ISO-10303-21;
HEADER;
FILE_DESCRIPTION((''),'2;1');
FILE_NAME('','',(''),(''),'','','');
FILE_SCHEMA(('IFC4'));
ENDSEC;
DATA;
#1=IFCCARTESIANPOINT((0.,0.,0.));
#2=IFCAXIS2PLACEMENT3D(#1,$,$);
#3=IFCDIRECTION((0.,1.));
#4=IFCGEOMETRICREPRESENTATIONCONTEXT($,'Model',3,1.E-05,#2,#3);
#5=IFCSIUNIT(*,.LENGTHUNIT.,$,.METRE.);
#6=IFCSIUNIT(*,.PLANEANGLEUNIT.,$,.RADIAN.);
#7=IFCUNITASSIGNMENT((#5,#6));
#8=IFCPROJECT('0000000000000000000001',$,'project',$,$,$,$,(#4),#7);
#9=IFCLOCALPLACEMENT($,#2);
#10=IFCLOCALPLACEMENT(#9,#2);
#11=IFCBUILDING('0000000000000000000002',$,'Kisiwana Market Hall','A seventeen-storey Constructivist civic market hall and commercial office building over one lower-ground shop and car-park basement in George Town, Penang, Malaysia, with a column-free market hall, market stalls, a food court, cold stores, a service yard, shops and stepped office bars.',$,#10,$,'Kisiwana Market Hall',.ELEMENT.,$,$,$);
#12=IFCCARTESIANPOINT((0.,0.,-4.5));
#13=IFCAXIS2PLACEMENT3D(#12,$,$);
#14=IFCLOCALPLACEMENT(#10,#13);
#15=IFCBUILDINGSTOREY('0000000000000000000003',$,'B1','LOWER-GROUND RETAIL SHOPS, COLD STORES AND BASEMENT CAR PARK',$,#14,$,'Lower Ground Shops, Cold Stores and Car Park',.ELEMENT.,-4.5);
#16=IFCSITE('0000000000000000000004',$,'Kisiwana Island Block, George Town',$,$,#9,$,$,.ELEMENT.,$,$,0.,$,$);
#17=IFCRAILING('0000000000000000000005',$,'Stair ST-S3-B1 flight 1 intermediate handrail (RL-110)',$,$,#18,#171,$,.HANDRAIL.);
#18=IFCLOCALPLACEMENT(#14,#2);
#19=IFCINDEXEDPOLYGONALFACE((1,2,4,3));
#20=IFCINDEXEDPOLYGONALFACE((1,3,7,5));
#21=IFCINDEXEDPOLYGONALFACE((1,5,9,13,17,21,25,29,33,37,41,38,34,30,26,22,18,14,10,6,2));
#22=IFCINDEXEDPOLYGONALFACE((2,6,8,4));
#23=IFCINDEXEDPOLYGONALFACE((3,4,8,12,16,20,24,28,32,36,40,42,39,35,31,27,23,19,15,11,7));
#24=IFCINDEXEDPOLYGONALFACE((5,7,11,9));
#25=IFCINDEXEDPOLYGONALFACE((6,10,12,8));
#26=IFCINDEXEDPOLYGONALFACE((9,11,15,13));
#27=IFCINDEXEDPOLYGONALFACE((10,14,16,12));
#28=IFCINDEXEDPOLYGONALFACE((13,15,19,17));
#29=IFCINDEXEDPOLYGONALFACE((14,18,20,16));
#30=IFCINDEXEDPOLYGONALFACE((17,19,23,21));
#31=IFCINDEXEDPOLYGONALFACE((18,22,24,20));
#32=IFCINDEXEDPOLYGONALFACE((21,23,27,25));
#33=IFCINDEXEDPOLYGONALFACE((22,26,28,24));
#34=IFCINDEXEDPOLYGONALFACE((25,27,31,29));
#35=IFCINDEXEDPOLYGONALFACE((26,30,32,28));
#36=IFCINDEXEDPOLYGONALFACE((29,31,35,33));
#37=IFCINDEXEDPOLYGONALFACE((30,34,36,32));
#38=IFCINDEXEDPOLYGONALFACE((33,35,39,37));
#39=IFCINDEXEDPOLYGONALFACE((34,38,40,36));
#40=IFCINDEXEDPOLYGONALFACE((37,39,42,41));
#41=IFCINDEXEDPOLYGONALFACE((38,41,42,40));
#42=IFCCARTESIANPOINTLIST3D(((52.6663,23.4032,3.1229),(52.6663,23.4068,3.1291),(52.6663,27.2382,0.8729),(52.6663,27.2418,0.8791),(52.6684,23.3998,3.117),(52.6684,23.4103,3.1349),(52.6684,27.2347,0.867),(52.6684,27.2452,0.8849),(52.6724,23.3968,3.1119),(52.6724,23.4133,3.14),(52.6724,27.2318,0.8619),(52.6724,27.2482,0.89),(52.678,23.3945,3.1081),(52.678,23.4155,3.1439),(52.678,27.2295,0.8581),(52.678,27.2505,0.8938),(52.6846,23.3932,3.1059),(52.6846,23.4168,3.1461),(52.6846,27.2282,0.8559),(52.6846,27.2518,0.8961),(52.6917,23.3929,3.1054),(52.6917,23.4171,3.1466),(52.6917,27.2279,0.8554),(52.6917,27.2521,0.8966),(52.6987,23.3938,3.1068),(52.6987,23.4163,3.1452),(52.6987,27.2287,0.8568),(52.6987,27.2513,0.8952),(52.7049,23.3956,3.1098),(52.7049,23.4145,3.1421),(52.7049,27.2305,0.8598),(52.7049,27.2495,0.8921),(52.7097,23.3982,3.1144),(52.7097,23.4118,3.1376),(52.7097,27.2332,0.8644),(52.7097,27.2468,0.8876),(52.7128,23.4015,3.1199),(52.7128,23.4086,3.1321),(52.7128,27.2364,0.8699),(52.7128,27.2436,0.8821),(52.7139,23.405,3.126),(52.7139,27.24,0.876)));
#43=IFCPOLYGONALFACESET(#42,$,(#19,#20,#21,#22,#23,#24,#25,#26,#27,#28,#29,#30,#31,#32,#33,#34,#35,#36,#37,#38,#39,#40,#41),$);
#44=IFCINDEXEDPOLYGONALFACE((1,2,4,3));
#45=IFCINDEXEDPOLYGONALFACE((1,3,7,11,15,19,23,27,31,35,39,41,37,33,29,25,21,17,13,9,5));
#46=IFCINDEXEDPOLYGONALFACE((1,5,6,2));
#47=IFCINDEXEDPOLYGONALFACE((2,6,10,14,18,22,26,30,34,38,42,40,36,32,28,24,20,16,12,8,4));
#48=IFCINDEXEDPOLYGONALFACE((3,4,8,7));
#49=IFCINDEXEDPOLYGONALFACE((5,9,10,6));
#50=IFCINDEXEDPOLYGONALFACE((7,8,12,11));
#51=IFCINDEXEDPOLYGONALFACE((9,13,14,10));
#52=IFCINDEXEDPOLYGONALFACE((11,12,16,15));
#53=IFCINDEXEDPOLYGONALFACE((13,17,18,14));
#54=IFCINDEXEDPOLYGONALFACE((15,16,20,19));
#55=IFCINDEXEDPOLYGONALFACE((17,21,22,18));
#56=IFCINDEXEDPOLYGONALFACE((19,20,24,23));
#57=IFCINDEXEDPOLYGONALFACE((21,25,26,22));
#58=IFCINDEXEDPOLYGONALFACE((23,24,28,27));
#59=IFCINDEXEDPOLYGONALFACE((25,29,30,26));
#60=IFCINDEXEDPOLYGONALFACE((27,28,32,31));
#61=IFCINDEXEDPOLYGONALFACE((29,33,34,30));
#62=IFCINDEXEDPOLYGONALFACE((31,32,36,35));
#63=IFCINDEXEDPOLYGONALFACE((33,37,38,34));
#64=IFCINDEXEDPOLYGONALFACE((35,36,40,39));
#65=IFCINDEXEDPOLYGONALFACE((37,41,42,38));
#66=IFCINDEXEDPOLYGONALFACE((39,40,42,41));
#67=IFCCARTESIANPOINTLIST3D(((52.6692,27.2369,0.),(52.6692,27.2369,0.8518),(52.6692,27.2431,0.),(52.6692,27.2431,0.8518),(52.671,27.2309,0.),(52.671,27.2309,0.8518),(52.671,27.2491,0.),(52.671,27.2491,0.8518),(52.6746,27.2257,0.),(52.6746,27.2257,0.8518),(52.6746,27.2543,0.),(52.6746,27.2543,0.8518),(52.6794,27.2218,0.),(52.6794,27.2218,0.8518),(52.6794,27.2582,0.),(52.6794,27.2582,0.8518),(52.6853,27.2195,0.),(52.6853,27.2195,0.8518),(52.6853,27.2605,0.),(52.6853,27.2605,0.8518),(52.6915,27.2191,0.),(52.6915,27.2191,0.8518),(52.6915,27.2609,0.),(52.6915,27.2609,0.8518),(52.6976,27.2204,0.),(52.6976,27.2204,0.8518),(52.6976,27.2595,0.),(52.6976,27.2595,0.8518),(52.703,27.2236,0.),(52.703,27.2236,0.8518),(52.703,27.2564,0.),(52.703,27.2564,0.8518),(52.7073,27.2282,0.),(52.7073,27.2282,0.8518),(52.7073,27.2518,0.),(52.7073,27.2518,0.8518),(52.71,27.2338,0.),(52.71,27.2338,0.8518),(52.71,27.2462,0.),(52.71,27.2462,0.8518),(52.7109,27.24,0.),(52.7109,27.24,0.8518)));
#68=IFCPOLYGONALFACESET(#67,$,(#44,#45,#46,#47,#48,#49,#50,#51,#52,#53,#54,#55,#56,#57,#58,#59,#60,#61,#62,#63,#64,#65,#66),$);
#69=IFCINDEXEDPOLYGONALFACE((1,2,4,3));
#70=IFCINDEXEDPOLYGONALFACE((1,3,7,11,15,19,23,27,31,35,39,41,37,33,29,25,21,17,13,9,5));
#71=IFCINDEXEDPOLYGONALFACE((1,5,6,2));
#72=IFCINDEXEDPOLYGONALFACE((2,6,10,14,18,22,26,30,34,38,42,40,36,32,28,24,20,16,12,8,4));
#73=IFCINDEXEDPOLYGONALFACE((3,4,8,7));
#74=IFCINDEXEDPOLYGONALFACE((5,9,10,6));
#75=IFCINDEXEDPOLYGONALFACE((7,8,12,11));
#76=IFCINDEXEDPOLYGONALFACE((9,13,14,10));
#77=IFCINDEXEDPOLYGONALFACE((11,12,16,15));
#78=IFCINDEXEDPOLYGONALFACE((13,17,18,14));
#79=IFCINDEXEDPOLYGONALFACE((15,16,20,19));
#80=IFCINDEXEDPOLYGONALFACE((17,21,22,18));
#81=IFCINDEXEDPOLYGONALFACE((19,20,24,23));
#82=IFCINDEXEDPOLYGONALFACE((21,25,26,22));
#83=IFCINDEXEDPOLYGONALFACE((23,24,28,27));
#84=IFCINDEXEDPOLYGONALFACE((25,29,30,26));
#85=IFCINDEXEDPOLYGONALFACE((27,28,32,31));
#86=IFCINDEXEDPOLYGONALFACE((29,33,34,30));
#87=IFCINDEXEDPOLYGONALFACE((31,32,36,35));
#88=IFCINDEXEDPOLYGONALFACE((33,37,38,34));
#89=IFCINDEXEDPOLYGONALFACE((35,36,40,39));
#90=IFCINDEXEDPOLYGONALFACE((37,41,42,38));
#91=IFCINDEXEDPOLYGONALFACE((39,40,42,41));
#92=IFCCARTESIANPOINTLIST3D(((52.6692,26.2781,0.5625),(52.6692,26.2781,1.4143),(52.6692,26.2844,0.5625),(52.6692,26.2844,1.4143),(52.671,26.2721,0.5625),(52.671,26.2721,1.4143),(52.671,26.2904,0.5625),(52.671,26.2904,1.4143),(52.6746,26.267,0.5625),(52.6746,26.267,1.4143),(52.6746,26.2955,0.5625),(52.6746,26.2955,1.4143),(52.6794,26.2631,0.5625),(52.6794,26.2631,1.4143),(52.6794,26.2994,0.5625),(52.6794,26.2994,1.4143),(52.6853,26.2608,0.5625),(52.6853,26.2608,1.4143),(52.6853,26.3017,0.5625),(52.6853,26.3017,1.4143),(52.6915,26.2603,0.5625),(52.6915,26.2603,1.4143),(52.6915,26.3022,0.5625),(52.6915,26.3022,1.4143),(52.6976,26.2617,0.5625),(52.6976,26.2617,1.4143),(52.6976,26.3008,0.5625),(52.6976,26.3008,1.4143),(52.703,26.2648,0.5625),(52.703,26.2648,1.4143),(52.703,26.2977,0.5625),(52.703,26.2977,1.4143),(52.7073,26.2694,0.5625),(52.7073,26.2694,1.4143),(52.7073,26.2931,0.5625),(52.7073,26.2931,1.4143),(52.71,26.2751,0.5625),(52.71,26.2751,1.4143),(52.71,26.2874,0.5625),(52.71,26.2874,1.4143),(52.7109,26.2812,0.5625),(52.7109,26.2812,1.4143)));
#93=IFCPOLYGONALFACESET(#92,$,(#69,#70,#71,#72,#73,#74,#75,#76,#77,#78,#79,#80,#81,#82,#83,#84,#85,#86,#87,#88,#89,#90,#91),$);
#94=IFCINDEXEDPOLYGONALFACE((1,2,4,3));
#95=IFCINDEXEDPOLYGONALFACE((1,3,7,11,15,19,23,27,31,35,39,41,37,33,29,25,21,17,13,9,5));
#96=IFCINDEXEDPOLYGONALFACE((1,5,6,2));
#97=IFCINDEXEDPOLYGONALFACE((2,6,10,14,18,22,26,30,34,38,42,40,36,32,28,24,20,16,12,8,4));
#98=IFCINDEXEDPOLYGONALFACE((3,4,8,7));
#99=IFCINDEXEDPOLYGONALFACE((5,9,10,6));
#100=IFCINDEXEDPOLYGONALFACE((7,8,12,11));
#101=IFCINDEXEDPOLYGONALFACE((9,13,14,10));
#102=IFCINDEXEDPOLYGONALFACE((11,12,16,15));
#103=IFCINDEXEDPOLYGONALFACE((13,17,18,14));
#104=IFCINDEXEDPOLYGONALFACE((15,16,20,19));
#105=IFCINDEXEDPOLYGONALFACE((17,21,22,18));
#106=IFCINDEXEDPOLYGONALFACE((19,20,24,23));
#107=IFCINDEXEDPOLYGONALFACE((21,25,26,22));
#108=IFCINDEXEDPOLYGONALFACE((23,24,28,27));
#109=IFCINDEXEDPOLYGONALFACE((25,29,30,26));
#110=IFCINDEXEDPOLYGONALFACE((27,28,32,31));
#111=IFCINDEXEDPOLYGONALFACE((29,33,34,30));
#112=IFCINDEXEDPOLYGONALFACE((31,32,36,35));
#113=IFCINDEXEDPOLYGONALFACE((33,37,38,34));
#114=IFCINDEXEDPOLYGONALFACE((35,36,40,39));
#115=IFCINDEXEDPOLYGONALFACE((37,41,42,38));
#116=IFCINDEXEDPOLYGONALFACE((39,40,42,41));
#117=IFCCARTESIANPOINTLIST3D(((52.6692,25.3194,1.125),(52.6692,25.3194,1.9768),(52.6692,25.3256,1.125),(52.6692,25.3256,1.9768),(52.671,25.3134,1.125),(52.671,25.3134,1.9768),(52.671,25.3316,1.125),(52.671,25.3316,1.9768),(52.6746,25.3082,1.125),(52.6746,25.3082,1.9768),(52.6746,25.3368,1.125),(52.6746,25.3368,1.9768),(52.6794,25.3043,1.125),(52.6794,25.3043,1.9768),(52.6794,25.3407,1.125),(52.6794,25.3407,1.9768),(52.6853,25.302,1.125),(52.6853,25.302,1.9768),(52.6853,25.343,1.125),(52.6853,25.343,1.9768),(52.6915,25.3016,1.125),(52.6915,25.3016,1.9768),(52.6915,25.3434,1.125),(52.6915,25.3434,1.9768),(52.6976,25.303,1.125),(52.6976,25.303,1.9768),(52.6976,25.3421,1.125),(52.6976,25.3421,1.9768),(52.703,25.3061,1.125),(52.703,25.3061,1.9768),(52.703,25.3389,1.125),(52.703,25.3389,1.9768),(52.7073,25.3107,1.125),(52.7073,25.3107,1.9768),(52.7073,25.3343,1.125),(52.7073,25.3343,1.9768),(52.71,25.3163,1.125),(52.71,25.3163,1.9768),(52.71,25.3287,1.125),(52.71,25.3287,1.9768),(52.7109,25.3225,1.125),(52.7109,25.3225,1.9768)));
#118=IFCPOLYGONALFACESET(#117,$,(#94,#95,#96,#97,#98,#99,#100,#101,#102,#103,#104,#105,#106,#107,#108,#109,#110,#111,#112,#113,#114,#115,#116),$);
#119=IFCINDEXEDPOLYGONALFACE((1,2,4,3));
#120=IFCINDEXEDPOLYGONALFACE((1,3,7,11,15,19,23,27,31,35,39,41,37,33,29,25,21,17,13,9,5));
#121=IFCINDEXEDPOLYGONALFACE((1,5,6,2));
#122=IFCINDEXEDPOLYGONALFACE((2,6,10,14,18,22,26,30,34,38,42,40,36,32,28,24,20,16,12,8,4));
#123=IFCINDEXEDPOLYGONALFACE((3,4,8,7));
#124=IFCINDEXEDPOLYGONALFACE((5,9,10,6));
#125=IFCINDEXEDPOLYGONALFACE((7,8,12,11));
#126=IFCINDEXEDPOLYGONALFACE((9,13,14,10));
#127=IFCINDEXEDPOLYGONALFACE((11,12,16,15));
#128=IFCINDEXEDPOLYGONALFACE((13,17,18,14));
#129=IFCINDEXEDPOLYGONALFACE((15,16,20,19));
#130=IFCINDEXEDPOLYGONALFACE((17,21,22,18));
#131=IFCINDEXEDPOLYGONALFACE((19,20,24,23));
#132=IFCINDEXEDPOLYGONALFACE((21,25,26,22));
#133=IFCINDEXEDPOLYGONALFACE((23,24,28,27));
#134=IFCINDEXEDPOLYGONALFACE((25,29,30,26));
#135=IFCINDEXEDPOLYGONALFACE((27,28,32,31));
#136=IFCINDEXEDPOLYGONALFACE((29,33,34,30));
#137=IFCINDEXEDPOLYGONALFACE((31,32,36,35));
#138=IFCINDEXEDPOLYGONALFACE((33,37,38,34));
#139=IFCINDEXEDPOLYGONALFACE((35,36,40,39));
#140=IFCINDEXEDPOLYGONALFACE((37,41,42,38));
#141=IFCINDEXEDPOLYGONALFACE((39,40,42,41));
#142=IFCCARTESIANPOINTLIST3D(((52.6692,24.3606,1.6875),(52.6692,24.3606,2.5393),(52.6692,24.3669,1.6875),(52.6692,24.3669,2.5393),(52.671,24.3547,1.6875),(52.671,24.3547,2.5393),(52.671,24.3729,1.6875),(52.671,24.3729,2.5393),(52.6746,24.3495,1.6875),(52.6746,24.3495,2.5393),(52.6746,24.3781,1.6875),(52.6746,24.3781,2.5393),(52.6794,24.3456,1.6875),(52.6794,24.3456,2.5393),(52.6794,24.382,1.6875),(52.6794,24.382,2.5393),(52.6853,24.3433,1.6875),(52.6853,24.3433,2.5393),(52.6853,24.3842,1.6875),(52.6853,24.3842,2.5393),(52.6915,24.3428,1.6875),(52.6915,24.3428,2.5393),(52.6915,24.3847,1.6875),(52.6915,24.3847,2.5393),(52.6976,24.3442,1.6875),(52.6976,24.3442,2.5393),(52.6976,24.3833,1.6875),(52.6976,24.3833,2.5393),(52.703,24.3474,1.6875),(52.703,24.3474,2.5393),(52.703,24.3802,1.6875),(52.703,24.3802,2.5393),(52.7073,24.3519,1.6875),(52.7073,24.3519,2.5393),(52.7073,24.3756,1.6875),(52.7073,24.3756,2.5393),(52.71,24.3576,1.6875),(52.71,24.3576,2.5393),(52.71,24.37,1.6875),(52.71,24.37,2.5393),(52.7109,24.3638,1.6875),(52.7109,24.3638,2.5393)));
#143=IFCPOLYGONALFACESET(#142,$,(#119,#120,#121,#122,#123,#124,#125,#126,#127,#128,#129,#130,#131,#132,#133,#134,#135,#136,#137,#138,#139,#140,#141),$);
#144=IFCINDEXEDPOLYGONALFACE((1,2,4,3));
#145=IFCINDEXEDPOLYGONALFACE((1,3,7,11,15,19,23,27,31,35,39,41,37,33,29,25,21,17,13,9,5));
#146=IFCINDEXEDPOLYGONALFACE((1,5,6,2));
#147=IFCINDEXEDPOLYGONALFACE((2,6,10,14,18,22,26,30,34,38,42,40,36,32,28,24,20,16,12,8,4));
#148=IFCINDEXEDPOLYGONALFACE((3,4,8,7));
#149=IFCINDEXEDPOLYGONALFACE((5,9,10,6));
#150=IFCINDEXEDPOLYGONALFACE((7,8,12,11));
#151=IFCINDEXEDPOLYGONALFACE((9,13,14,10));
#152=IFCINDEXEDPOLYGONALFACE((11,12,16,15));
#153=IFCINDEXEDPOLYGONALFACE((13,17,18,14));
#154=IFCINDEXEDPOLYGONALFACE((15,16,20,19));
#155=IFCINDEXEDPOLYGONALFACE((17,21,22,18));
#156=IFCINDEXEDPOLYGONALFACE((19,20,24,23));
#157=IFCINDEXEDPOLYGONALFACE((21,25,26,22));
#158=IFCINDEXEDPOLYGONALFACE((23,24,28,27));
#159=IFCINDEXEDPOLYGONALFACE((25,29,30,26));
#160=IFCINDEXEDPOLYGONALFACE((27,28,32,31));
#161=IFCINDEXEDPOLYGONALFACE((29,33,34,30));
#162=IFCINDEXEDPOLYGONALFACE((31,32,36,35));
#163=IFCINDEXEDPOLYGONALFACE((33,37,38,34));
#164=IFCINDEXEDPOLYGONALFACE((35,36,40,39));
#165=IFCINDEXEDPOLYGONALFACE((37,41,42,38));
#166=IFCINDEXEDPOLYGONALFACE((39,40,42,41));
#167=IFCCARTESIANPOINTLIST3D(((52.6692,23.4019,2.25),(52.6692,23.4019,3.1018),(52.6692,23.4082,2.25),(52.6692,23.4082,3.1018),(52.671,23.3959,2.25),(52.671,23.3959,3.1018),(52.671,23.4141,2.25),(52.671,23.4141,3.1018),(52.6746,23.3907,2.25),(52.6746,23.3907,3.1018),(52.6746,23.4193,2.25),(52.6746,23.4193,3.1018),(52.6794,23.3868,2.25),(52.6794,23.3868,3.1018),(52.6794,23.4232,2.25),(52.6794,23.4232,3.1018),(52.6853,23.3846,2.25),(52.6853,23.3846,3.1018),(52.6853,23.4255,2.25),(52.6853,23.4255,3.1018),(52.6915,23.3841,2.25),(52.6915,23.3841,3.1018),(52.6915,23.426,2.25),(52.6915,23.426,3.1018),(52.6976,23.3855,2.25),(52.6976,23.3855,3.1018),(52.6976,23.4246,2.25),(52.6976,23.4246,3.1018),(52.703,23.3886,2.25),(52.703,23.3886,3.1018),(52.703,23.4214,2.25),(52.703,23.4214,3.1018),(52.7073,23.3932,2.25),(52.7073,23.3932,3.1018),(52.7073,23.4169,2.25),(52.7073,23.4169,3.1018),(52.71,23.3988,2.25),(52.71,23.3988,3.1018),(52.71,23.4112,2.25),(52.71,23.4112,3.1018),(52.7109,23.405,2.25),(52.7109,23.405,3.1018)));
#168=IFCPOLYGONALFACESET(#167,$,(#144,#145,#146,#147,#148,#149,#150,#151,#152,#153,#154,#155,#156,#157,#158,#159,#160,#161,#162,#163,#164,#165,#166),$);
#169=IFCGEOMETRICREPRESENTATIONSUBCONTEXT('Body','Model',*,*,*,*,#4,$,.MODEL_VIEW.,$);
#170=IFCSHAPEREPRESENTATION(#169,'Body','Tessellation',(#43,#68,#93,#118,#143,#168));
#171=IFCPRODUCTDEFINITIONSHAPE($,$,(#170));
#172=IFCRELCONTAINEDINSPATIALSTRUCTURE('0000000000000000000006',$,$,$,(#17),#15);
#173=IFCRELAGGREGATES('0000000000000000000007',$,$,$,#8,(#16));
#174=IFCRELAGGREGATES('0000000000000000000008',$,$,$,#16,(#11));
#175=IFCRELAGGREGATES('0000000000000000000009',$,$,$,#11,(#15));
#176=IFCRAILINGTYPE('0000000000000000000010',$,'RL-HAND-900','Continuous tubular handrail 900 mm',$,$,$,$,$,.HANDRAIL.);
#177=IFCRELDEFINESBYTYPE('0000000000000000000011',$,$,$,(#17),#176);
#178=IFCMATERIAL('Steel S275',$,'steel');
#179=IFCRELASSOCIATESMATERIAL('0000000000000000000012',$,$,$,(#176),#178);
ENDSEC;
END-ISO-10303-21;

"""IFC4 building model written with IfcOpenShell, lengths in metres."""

from ifc_helpers import new_model, si_unit, direction, frame, origin, origin_2d, place, context, subcontext, project, spatial, circle, extrude, material, type_object, element, save


model = new_model("IFC4")

# Units and contexts
model_context = context("Model", 3, precision=1e-05, world=origin(), true_north=direction((0.0, 1.0)))
body_context = subcontext(model_context, "Body", "Model", "MODEL_VIEW")
ifc_project = project(units=[si_unit("LENGTHUNIT", "METRE"), si_unit("PLANEANGLEUNIT", "RADIAN")], contexts=[model_context])

# Site, building, storey
site_placement = place(None, origin())
site = spatial("IfcSite", under=ifc_project, at=site_placement, Name="Kisiwana Island Block, George Town", CompositionType="ELEMENT", RefElevation=0.0)
building_placement = place(site_placement, origin())
building = spatial("IfcBuilding", under=site, at=building_placement, Name="Kisiwana Market Hall", Description="A seventeen-storey Constructivist civic market hall and commercial office building over one lower-ground shop and car-park basement in George Town, Penang, Malaysia, with a column-free market hall, market stalls, a food court, cold stores, a service yard, shops and stepped office bars.", LongName="Kisiwana Market Hall", CompositionType="ELEMENT")
storey_placement = place(building_placement, frame((0.0, 0.0, -4.5)))
storey = spatial("IfcBuildingStorey", under=building, at=storey_placement, Name="B1", Description="LOWER-GROUND RETAIL SHOPS, COLD STORES AND BASEMENT CAR PARK", LongName="Lower Ground Shops, Cold Stores and Car Park", CompositionType="ELEMENT", Elevation=-4.5)

# Railing
ifc_material_1 = material(Name="Steel S275", Category="steel")
railing_type_1 = type_object("IfcRailingType", Name="RL-HAND-900", Description="Continuous tubular handrail 900 mm", PredefinedType="HANDRAIL", material=ifc_material_1)
railing_1_placement = place(storey_placement, frame((52.6899, 27.24, 0.0)))
element("IfcRailing", 1, at=railing_1_placement, inside=storey, type_object=railing_type_1, Name="Stair ST-S3-B1 flight 1 intermediate handrail (RL-110)", PredefinedType="HANDRAIL", context=body_context, shape_type="SweptSolid", body=[
    extrude(circle(Radius=0.0239, at=origin_2d()), frame((0.0, 0.0, 0.876), z_axis=(0.0, -0.86251, 0.506041), x_axis=(1.0, 0.0, 0.0)), (0.0, 0.0, 1.0), 4.4463),
    extrude(circle(Radius=0.021, at=origin_2d()), origin(), (0.0, 0.0, 1.0), 0.8518),
    extrude(circle(Radius=0.021, at=origin_2d()), frame((0.0, -0.9587, 0.5625)), (0.0, 0.0, 1.0), 0.8518),
    extrude(circle(Radius=0.021, at=origin_2d()), frame((0.0, -1.9175, 1.125)), (0.0, 0.0, 1.0), 0.8518),
    extrude(circle(Radius=0.021, at=origin_2d()), frame((0.0, -2.8762, 1.6875)), (0.0, 0.0, 1.0), 0.8518),
    extrude(circle(Radius=0.021, at=origin_2d()), frame((0.0, -3.835, 2.25)), (0.0, 0.0, 1.0), 0.8518),
])

save(model, "model.ifc")
